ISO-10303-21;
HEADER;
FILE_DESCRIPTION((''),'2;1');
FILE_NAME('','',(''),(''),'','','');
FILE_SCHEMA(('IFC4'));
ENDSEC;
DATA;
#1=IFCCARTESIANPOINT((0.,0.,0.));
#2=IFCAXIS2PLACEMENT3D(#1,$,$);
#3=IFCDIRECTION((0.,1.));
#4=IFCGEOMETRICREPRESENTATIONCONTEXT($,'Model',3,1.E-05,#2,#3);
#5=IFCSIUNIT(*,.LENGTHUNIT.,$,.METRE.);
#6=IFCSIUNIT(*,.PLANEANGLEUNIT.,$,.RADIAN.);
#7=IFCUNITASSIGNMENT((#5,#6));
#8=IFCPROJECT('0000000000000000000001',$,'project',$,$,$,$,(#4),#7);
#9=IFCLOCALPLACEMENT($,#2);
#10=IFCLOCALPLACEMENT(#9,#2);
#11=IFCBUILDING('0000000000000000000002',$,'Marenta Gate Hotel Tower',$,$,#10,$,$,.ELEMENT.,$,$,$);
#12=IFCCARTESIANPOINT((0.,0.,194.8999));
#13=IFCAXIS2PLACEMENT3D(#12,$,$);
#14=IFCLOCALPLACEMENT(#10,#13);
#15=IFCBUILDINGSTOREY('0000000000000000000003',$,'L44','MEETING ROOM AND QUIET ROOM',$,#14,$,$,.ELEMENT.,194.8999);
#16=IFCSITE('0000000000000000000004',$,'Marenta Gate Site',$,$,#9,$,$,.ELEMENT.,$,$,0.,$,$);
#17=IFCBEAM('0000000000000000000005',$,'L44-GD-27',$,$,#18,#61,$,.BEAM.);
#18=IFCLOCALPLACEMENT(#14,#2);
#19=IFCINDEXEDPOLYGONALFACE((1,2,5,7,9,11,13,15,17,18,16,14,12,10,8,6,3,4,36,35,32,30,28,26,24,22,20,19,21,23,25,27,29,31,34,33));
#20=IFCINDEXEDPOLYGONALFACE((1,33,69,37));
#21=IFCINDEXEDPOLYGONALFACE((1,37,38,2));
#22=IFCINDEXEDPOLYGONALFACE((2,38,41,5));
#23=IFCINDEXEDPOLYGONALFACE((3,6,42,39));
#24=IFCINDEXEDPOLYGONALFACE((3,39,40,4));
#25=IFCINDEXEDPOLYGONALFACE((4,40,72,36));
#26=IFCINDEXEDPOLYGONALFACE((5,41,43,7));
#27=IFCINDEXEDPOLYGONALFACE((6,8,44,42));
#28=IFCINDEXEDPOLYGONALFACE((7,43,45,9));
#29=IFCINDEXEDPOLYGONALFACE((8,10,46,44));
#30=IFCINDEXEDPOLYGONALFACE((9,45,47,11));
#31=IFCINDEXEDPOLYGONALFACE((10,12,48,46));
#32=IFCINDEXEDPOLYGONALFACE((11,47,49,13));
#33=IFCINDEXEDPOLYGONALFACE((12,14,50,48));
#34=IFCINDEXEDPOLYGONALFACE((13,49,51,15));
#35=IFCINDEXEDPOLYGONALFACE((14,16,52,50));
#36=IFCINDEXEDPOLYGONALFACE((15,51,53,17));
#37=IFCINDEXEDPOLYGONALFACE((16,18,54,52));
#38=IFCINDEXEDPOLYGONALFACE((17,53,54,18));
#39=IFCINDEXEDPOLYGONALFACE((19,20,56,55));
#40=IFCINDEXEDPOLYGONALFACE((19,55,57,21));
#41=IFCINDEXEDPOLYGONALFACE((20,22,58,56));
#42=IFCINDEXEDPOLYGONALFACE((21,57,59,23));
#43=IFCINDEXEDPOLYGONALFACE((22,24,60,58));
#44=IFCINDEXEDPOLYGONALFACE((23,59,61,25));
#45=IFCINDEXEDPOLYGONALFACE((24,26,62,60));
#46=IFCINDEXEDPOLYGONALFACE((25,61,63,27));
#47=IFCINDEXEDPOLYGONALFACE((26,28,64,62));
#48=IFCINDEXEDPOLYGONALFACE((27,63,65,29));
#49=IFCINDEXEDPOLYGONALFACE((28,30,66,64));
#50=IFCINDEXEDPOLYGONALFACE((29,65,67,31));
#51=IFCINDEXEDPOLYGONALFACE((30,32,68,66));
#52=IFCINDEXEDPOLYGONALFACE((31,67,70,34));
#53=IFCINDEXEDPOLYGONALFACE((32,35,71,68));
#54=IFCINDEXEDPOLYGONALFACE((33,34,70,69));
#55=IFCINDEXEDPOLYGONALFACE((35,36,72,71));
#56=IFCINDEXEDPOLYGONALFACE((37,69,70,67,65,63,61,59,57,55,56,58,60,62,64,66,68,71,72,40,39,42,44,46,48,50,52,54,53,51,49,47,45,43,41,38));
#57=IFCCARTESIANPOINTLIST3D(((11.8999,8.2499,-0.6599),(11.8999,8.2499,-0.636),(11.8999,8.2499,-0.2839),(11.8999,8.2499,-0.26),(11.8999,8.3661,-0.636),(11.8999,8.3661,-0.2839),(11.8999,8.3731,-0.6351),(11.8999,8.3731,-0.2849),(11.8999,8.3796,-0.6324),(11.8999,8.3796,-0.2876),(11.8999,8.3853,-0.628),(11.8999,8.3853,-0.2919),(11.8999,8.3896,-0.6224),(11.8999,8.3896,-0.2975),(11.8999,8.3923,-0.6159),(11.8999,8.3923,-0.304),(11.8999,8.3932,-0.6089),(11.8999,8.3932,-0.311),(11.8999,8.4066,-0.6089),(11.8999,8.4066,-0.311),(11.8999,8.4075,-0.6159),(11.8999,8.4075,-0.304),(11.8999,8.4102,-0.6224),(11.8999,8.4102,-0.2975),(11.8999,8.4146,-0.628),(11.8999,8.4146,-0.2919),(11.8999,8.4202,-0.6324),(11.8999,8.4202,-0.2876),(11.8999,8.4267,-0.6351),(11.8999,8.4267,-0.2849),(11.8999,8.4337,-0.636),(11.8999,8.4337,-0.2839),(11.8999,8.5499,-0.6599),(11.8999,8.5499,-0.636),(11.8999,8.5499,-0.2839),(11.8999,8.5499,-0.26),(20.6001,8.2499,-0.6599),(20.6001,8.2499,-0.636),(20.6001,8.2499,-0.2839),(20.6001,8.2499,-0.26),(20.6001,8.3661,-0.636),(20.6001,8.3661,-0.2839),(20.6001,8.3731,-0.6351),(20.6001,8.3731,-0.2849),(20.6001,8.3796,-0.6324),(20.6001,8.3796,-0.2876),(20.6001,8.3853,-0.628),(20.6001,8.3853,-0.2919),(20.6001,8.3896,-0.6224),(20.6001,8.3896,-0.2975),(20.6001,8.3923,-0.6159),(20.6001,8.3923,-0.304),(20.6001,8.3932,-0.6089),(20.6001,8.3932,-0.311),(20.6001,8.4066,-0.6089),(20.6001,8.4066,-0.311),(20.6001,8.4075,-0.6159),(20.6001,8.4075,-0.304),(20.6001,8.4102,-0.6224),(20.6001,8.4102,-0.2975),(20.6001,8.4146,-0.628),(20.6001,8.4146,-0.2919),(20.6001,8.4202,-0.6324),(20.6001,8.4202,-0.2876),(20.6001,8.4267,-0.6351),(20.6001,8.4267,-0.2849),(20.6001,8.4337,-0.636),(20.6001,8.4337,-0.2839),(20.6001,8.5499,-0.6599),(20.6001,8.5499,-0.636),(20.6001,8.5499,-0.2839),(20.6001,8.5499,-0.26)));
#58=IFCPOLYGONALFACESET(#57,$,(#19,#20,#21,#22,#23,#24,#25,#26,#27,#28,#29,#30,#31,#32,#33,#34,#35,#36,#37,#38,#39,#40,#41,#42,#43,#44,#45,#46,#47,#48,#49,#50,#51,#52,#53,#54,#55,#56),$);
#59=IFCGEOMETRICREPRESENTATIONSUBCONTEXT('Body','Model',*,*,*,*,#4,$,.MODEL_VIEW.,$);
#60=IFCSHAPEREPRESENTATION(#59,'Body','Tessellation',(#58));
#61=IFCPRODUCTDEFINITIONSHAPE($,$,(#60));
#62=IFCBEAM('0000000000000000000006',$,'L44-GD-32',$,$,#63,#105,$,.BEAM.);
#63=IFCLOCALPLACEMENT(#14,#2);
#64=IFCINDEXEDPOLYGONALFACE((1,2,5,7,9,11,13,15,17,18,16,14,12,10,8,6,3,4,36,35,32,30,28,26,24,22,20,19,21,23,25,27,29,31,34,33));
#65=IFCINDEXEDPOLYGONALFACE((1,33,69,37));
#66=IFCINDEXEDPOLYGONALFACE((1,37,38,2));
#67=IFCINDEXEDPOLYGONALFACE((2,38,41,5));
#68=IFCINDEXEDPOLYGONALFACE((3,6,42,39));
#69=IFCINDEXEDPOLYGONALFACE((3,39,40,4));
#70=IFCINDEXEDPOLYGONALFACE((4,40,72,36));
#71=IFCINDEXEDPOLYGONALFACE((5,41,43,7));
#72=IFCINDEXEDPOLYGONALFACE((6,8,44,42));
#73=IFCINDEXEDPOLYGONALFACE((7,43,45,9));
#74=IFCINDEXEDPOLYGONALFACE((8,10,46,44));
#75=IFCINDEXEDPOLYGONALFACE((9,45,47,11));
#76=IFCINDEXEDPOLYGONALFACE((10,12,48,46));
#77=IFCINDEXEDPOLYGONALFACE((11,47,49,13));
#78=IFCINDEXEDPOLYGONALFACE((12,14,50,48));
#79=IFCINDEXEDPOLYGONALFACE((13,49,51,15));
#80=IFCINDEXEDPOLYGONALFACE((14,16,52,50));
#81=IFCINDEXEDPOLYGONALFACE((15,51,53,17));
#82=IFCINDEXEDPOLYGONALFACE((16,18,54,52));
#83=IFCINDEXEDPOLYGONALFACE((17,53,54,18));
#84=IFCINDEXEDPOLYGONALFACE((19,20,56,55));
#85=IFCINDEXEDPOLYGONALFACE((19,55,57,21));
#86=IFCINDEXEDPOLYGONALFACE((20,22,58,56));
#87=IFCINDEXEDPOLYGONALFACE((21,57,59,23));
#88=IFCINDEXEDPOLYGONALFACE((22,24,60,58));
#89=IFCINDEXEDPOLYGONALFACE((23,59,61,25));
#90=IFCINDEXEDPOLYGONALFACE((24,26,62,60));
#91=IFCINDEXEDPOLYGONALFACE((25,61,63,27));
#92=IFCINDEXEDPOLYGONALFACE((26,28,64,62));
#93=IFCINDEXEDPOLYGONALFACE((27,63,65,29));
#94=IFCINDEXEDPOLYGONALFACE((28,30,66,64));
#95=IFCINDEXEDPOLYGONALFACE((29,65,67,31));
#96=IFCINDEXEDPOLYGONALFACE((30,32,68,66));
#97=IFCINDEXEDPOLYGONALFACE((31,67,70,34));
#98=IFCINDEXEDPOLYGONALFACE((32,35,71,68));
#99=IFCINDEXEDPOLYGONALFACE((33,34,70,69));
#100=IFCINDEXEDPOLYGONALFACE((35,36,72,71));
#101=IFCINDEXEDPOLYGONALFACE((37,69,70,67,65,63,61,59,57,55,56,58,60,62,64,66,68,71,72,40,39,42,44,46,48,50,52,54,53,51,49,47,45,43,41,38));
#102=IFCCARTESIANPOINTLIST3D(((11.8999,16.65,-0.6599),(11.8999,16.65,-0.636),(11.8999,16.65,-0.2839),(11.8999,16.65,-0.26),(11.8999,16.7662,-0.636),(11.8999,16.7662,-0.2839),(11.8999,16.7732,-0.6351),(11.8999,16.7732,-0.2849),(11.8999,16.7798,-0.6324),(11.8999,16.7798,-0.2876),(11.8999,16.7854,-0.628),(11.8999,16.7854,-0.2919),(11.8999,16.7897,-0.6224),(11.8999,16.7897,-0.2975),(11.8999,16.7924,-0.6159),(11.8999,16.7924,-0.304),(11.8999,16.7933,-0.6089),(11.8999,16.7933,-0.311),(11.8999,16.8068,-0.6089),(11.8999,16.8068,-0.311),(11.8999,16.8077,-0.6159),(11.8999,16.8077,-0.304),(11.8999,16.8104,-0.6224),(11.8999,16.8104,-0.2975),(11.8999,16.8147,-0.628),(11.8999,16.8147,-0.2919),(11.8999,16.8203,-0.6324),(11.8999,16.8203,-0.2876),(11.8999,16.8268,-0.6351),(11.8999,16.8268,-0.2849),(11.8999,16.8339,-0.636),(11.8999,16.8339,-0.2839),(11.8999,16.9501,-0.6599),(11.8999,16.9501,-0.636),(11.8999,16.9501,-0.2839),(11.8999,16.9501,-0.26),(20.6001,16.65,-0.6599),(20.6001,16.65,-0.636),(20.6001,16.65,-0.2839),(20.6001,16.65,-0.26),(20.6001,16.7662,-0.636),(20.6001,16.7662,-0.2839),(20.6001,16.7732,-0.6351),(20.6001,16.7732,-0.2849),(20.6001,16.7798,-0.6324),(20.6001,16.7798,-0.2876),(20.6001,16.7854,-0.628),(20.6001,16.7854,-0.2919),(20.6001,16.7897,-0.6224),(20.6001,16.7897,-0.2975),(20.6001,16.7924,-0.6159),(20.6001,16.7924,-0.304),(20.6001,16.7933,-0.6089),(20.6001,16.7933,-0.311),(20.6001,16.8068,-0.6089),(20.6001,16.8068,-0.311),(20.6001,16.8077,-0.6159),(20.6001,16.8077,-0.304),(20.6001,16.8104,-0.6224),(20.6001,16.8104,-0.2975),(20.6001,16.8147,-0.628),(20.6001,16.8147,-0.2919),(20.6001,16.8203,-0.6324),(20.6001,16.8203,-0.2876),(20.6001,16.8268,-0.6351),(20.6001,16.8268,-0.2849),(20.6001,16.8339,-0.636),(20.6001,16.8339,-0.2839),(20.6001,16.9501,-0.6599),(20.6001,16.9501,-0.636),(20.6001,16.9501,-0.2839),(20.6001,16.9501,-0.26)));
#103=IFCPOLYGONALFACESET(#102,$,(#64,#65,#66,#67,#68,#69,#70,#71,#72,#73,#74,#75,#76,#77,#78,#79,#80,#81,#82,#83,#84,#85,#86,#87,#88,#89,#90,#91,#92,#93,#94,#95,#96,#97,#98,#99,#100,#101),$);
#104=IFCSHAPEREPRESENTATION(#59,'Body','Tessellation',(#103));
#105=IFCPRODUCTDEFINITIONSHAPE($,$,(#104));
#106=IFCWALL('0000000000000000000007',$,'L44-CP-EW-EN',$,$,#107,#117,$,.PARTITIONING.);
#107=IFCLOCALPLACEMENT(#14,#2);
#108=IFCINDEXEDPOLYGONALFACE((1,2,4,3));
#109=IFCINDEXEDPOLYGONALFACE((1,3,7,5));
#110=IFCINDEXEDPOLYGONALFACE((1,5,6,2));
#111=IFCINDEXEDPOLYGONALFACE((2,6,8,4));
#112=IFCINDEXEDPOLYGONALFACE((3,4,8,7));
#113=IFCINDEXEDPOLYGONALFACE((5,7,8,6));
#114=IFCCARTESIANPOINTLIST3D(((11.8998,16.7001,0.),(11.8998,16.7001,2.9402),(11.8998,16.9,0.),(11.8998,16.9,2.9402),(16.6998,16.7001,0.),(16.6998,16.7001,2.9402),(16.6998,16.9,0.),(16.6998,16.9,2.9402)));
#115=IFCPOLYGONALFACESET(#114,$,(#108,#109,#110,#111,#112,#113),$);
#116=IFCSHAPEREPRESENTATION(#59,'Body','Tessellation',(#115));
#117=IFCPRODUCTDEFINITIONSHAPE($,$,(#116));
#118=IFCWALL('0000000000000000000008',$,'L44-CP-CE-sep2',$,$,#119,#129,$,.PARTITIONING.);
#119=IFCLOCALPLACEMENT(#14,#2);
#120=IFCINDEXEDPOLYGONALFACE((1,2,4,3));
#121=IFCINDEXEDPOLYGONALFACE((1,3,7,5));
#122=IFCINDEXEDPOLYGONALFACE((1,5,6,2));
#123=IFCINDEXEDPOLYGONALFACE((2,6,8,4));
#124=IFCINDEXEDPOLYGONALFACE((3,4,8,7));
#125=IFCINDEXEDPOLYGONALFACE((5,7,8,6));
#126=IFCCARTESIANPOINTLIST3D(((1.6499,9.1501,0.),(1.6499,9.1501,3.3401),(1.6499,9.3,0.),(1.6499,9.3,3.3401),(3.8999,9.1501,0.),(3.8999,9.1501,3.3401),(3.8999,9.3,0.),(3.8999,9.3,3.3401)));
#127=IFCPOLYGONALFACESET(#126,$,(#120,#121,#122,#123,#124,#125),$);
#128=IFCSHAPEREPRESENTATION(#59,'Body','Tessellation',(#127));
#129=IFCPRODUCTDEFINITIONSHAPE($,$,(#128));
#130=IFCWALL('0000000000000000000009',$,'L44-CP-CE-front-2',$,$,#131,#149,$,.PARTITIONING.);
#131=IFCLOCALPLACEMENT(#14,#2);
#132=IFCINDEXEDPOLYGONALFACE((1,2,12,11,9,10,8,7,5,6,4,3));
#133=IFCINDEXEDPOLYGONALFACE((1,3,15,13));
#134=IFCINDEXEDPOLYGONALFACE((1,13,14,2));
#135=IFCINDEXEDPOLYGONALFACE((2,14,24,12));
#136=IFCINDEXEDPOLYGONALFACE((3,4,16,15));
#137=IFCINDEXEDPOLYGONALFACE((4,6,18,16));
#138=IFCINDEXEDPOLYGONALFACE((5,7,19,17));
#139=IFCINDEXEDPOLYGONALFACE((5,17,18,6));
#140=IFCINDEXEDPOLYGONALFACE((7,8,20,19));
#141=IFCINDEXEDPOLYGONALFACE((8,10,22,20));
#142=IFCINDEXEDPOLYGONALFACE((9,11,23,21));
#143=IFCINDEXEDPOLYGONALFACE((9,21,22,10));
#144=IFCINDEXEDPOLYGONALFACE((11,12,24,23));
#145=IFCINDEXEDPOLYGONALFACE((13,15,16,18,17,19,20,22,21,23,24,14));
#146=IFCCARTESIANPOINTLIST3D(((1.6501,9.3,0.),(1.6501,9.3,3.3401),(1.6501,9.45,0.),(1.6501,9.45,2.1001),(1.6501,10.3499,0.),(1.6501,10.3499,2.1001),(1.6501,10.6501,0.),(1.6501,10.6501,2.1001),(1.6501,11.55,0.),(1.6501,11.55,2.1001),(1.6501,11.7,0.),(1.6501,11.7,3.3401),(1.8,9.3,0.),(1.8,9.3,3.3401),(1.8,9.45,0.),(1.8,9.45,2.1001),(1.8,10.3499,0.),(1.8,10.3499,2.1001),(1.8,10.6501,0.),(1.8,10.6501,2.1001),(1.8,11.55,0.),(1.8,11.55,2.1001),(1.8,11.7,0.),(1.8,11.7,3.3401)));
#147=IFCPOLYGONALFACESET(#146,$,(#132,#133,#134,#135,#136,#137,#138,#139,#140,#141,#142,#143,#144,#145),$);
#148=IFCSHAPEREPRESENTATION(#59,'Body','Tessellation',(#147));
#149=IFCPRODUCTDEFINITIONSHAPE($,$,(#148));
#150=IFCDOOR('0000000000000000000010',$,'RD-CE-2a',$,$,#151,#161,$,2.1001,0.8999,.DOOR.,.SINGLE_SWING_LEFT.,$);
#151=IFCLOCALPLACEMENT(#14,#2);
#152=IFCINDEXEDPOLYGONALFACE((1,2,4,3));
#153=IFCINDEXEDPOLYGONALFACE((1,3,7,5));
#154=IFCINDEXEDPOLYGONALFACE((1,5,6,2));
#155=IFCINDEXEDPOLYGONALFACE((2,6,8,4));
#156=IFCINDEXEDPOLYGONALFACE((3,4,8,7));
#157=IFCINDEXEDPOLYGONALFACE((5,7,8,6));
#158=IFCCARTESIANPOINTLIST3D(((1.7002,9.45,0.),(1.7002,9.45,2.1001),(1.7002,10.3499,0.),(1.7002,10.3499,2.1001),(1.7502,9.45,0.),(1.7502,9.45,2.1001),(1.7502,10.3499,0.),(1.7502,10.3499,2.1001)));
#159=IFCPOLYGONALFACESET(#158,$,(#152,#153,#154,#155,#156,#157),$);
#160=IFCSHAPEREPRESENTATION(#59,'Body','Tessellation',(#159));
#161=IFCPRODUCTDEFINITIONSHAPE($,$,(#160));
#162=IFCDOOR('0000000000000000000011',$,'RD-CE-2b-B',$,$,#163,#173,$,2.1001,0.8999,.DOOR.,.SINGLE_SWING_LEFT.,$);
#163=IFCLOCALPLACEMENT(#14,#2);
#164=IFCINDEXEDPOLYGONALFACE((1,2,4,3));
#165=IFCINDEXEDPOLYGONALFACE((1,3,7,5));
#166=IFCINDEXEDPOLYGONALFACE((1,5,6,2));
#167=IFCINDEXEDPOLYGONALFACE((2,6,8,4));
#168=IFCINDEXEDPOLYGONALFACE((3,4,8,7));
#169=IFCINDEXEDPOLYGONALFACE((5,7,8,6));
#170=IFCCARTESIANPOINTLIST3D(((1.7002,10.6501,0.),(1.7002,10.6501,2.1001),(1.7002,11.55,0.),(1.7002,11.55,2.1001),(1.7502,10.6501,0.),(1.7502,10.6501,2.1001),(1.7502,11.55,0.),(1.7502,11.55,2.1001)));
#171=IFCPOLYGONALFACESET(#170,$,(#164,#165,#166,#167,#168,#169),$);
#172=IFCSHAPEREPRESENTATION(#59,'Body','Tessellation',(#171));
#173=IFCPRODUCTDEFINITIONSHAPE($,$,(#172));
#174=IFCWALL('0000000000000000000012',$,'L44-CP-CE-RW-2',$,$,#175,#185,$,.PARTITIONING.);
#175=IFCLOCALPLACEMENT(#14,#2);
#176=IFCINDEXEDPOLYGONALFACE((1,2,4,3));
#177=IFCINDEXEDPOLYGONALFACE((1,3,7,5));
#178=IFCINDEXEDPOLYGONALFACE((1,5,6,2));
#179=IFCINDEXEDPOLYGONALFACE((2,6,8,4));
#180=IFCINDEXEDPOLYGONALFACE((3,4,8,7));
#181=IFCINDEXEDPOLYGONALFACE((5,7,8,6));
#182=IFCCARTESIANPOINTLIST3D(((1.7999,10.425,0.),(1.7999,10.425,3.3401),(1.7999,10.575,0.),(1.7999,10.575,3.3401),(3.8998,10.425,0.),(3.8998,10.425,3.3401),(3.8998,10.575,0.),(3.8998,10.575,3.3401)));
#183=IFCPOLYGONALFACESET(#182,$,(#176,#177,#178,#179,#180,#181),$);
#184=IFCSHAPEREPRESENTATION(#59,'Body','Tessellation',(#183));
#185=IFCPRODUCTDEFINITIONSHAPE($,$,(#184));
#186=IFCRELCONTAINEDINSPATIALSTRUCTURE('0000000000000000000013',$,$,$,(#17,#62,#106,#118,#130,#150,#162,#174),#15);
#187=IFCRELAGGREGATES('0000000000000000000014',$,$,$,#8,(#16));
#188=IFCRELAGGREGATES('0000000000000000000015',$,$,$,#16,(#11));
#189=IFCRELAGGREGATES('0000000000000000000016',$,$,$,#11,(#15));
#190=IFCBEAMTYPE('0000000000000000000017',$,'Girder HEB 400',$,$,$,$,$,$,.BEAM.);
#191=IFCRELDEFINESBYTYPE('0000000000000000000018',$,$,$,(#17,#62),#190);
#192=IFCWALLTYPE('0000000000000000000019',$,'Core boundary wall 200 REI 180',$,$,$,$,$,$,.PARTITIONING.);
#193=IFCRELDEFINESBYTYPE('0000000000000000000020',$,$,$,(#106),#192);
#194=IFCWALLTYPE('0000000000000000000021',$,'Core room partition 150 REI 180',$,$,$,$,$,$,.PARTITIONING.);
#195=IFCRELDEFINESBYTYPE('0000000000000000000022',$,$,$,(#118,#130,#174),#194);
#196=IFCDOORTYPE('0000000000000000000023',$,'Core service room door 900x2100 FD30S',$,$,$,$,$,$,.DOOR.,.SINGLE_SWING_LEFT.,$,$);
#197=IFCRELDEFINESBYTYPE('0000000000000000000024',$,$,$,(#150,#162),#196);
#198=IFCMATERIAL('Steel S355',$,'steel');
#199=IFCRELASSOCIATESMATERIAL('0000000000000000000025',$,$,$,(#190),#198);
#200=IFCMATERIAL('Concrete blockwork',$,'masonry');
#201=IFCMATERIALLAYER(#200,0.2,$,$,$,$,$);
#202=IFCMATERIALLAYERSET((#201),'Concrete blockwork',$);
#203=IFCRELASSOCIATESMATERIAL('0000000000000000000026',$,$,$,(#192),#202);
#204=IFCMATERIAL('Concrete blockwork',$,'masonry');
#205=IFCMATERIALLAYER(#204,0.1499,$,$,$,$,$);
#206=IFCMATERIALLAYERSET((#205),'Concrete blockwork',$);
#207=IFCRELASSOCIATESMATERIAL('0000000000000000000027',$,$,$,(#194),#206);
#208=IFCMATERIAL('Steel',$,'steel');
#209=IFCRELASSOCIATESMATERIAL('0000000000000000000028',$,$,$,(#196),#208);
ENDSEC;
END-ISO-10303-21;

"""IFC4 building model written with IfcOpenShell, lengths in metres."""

from ifc_helpers import new_model, si_unit, direction, frame, frame_2d, origin, origin_2d, place, context, subcontext, project, spatial, rectangle, i_section, extrude, material, layer, layer_set, material_profile, profile_set, type_object, element, fill, save


model = new_model("IFC4")

# Units and contexts
model_context = context("Model", 3, precision=1e-05, world=origin(), true_north=direction((0.0, 1.0)))
body_context = subcontext(model_context, "Body", "Model", "MODEL_VIEW")
ifc_project = project(units=[si_unit("LENGTHUNIT", "METRE"), si_unit("PLANEANGLEUNIT", "RADIAN")], contexts=[model_context])

# Site, building, storey
site_placement = place(None, origin())
site = spatial("IfcSite", under=ifc_project, at=site_placement, Name="Marenta Gate Site", CompositionType="ELEMENT", RefElevation=0.0)
building_placement = place(site_placement, origin())
building = spatial("IfcBuilding", under=site, at=building_placement, Name="Marenta Gate Hotel Tower", CompositionType="ELEMENT")
storey_placement = place(building_placement, frame((0.0, 0.0, 194.8999)))
storey = spatial("IfcBuildingStorey", under=building, at=storey_placement, Name="L44", Description="MEETING ROOM AND QUIET ROOM", CompositionType="ELEMENT", Elevation=194.8999)

# Beams
ifc_material_1 = material(Name="Steel S355", Category="steel")
ifc_material_profile_1 = material_profile(ifc_material_1, i_section(OverallWidth=0.3, OverallDepth=0.3999, WebThickness=0.0134, FlangeThickness=0.0239, FilletRadius=0.0271, at=origin_2d()), Name="HEB 400")
ifc_profile_set_1 = profile_set([ifc_material_profile_1], Name="Steel S355")
beam_type_1 = type_object("IfcBeamType", Name="Girder HEB 400", PredefinedType="BEAM", material=ifc_profile_set_1)
for number, where, z_axis, x_axis, name in (
    (1, (11.8999, 8.3999, -0.46), (1.0, 0.0, 0.0), (0.0, 1.0, 0.0), "L44-GD-27"),
    (2, (11.8999, 16.8, -0.46), (1.0, 0.0, 0.0), (0.0, 1.0, 0.0), "L44-GD-32"),
):
    element("IfcBeam", number, at=place(storey_placement, frame(where, z_axis=z_axis, x_axis=x_axis)), inside=storey, type_object=beam_type_1, Name=name, PredefinedType="BEAM", context=body_context, shape_type="SweptSolid", body=[
        extrude(i_section(OverallWidth=0.3, OverallDepth=0.3999, WebThickness=0.0134, FlangeThickness=0.0239, FilletRadius=0.0271, at=origin_2d()), origin(), (0.0, 0.0, 1.0), 8.7002),
    ])

# Walls
ifc_material_2 = material(Name="Concrete blockwork", Category="masonry")
ifc_layer_1 = layer(ifc_material_2, 0.2)
ifc_layer_set_1 = layer_set([ifc_layer_1], Name="Concrete blockwork")
wall_type_1 = type_object("IfcWallType", Name="Core boundary wall 200 REI 180", PredefinedType="PARTITIONING", material=ifc_layer_set_1)
wall_1_placement = place(storey_placement, frame((11.8999, 16.8, 0.0), z_axis=(0.0, 0.0, 1.0), x_axis=(1.0, 0.0, 0.0)))
element("IfcWall", 3, at=wall_1_placement, inside=storey, type_object=wall_type_1, Name="L44-CP-EW-EN", PredefinedType="PARTITIONING", context=body_context, shape_type="SweptSolid", body=[
    extrude(rectangle(XDim=4.8, YDim=0.2, at=frame_2d((2.3999, 0.0))), origin(), (0.0, 0.0, 1.0), 2.9402),
])
ifc_material_3 = material(Name="Concrete blockwork", Category="masonry")
ifc_layer_2 = layer(ifc_material_3, 0.1499)
ifc_layer_set_2 = layer_set([ifc_layer_2], Name="Concrete blockwork")
wall_type_2 = type_object("IfcWallType", Name="Core room partition 150 REI 180", PredefinedType="PARTITIONING", material=ifc_layer_set_2)
wall_2_placement = place(storey_placement, frame((1.6499, 9.2251, 0.0), z_axis=(0.0, 0.0, 1.0), x_axis=(1.0, 0.0, 0.0)))
element("IfcWall", 4, at=wall_2_placement, inside=storey, type_object=wall_type_2, Name="L44-CP-CE-sep2", PredefinedType="PARTITIONING", context=body_context, shape_type="SweptSolid", body=[
    extrude(rectangle(XDim=2.25, YDim=0.1499, at=frame_2d((1.125, 0.0))), origin(), (0.0, 0.0, 1.0), 3.3401),
])

# Wall, openings, doors
wall_3_placement = place(storey_placement, frame((1.7251, 9.3, 0.0), z_axis=(0.0, 0.0, 1.0), x_axis=(0.0, 1.0, 0.0)))
wall_3 = element("IfcWall", 5, at=wall_3_placement, inside=storey, type_object=wall_type_2, Name="L44-CP-CE-front-2", PredefinedType="PARTITIONING", context=body_context, shape_type="SweptSolid", body=[
    extrude(rectangle(XDim=2.3999, YDim=0.1499, at=frame_2d((1.2, 0.0))), origin(), (0.0, 0.0, 1.0), 3.3401),
])
opening_1_placement = place(wall_3_placement, frame((0.1499, 0.0, 0.0)))
opening_1 = element("IfcOpeningElement", 6, at=opening_1_placement, cuts=wall_3, PredefinedType="OPENING", context=body_context, shape_type="SweptSolid", body=[
    extrude(rectangle(XDim=0.8999, YDim=2.1001, at=frame_2d((0.45, 1.05))), frame((0.0, 0.075, 0.0), z_axis=(0.0, -1.0, 0.0), x_axis=(1.0, 0.0, 0.0)), (0.0, 0.0, 1.0), 0.1499),
])
opening_2_placement = place(wall_3_placement, frame((1.3501, 0.0, 0.0)))
opening_2 = element("IfcOpeningElement", 7, at=opening_2_placement, cuts=wall_3, PredefinedType="OPENING", context=body_context, shape_type="SweptSolid", body=[
    extrude(rectangle(XDim=0.8999, YDim=2.1001, at=frame_2d((0.45, 1.05))), frame((0.0, 0.075, 0.0), z_axis=(0.0, -1.0, 0.0), x_axis=(1.0, 0.0, 0.0)), (0.0, 0.0, 1.0), 0.1499),
])
ifc_material_4 = material(Name="Steel", Category="steel")
door_type_1 = type_object("IfcDoorType", Name="Core service room door 900x2100 FD30S", OperationType="SINGLE_SWING_LEFT", PredefinedType="DOOR", material=ifc_material_4)
door_1_placement = place(opening_1_placement, origin())
door_1 = element("IfcDoor", 8, at=door_1_placement, inside=storey, type_object=door_type_1, Name="RD-CE-2a", OperationType="SINGLE_SWING_LEFT", OverallHeight=2.1001, OverallWidth=0.8999, PredefinedType="DOOR", context=body_context, shape_type="SweptSolid", body=[
    extrude(rectangle(XDim=0.8999, YDim=2.1001, at=frame_2d((0.45, 1.05))), frame((0.0, 0.0249, 0.0), z_axis=(0.0, -1.0, 0.0), x_axis=(1.0, 0.0, 0.0)), (0.0, 0.0, 1.0), 0.05),
])
fill(opening_1, door_1)
door_2_placement = place(opening_2_placement, origin())
door_2 = element("IfcDoor", 9, at=door_2_placement, inside=storey, type_object=door_type_1, Name="RD-CE-2b-B", OperationType="SINGLE_SWING_LEFT", OverallHeight=2.1001, OverallWidth=0.8999, PredefinedType="DOOR", context=body_context, shape_type="SweptSolid", body=[
    extrude(rectangle(XDim=0.8999, YDim=2.1001, at=frame_2d((0.45, 1.05))), frame((0.0, 0.0249, 0.0), z_axis=(0.0, -1.0, 0.0), x_axis=(1.0, 0.0, 0.0)), (0.0, 0.0, 1.0), 0.05),
])
fill(opening_2, door_2)

# Wall
wall_4_placement = place(storey_placement, frame((1.8, 10.5, 0.0), z_axis=(0.0, 0.0, 1.0), x_axis=(1.0, 0.0, 0.0)))
element("IfcWall", 10, at=wall_4_placement, inside=storey, type_object=wall_type_2, Name="L44-CP-CE-RW-2", PredefinedType="PARTITIONING", context=body_context, shape_type="SweptSolid", body=[
    extrude(rectangle(XDim=2.0999, YDim=0.1499, at=frame_2d((1.0498, 0.0))), origin(), (0.0, 0.0, 1.0), 3.3401),
])

save(model, "model.ifc")
